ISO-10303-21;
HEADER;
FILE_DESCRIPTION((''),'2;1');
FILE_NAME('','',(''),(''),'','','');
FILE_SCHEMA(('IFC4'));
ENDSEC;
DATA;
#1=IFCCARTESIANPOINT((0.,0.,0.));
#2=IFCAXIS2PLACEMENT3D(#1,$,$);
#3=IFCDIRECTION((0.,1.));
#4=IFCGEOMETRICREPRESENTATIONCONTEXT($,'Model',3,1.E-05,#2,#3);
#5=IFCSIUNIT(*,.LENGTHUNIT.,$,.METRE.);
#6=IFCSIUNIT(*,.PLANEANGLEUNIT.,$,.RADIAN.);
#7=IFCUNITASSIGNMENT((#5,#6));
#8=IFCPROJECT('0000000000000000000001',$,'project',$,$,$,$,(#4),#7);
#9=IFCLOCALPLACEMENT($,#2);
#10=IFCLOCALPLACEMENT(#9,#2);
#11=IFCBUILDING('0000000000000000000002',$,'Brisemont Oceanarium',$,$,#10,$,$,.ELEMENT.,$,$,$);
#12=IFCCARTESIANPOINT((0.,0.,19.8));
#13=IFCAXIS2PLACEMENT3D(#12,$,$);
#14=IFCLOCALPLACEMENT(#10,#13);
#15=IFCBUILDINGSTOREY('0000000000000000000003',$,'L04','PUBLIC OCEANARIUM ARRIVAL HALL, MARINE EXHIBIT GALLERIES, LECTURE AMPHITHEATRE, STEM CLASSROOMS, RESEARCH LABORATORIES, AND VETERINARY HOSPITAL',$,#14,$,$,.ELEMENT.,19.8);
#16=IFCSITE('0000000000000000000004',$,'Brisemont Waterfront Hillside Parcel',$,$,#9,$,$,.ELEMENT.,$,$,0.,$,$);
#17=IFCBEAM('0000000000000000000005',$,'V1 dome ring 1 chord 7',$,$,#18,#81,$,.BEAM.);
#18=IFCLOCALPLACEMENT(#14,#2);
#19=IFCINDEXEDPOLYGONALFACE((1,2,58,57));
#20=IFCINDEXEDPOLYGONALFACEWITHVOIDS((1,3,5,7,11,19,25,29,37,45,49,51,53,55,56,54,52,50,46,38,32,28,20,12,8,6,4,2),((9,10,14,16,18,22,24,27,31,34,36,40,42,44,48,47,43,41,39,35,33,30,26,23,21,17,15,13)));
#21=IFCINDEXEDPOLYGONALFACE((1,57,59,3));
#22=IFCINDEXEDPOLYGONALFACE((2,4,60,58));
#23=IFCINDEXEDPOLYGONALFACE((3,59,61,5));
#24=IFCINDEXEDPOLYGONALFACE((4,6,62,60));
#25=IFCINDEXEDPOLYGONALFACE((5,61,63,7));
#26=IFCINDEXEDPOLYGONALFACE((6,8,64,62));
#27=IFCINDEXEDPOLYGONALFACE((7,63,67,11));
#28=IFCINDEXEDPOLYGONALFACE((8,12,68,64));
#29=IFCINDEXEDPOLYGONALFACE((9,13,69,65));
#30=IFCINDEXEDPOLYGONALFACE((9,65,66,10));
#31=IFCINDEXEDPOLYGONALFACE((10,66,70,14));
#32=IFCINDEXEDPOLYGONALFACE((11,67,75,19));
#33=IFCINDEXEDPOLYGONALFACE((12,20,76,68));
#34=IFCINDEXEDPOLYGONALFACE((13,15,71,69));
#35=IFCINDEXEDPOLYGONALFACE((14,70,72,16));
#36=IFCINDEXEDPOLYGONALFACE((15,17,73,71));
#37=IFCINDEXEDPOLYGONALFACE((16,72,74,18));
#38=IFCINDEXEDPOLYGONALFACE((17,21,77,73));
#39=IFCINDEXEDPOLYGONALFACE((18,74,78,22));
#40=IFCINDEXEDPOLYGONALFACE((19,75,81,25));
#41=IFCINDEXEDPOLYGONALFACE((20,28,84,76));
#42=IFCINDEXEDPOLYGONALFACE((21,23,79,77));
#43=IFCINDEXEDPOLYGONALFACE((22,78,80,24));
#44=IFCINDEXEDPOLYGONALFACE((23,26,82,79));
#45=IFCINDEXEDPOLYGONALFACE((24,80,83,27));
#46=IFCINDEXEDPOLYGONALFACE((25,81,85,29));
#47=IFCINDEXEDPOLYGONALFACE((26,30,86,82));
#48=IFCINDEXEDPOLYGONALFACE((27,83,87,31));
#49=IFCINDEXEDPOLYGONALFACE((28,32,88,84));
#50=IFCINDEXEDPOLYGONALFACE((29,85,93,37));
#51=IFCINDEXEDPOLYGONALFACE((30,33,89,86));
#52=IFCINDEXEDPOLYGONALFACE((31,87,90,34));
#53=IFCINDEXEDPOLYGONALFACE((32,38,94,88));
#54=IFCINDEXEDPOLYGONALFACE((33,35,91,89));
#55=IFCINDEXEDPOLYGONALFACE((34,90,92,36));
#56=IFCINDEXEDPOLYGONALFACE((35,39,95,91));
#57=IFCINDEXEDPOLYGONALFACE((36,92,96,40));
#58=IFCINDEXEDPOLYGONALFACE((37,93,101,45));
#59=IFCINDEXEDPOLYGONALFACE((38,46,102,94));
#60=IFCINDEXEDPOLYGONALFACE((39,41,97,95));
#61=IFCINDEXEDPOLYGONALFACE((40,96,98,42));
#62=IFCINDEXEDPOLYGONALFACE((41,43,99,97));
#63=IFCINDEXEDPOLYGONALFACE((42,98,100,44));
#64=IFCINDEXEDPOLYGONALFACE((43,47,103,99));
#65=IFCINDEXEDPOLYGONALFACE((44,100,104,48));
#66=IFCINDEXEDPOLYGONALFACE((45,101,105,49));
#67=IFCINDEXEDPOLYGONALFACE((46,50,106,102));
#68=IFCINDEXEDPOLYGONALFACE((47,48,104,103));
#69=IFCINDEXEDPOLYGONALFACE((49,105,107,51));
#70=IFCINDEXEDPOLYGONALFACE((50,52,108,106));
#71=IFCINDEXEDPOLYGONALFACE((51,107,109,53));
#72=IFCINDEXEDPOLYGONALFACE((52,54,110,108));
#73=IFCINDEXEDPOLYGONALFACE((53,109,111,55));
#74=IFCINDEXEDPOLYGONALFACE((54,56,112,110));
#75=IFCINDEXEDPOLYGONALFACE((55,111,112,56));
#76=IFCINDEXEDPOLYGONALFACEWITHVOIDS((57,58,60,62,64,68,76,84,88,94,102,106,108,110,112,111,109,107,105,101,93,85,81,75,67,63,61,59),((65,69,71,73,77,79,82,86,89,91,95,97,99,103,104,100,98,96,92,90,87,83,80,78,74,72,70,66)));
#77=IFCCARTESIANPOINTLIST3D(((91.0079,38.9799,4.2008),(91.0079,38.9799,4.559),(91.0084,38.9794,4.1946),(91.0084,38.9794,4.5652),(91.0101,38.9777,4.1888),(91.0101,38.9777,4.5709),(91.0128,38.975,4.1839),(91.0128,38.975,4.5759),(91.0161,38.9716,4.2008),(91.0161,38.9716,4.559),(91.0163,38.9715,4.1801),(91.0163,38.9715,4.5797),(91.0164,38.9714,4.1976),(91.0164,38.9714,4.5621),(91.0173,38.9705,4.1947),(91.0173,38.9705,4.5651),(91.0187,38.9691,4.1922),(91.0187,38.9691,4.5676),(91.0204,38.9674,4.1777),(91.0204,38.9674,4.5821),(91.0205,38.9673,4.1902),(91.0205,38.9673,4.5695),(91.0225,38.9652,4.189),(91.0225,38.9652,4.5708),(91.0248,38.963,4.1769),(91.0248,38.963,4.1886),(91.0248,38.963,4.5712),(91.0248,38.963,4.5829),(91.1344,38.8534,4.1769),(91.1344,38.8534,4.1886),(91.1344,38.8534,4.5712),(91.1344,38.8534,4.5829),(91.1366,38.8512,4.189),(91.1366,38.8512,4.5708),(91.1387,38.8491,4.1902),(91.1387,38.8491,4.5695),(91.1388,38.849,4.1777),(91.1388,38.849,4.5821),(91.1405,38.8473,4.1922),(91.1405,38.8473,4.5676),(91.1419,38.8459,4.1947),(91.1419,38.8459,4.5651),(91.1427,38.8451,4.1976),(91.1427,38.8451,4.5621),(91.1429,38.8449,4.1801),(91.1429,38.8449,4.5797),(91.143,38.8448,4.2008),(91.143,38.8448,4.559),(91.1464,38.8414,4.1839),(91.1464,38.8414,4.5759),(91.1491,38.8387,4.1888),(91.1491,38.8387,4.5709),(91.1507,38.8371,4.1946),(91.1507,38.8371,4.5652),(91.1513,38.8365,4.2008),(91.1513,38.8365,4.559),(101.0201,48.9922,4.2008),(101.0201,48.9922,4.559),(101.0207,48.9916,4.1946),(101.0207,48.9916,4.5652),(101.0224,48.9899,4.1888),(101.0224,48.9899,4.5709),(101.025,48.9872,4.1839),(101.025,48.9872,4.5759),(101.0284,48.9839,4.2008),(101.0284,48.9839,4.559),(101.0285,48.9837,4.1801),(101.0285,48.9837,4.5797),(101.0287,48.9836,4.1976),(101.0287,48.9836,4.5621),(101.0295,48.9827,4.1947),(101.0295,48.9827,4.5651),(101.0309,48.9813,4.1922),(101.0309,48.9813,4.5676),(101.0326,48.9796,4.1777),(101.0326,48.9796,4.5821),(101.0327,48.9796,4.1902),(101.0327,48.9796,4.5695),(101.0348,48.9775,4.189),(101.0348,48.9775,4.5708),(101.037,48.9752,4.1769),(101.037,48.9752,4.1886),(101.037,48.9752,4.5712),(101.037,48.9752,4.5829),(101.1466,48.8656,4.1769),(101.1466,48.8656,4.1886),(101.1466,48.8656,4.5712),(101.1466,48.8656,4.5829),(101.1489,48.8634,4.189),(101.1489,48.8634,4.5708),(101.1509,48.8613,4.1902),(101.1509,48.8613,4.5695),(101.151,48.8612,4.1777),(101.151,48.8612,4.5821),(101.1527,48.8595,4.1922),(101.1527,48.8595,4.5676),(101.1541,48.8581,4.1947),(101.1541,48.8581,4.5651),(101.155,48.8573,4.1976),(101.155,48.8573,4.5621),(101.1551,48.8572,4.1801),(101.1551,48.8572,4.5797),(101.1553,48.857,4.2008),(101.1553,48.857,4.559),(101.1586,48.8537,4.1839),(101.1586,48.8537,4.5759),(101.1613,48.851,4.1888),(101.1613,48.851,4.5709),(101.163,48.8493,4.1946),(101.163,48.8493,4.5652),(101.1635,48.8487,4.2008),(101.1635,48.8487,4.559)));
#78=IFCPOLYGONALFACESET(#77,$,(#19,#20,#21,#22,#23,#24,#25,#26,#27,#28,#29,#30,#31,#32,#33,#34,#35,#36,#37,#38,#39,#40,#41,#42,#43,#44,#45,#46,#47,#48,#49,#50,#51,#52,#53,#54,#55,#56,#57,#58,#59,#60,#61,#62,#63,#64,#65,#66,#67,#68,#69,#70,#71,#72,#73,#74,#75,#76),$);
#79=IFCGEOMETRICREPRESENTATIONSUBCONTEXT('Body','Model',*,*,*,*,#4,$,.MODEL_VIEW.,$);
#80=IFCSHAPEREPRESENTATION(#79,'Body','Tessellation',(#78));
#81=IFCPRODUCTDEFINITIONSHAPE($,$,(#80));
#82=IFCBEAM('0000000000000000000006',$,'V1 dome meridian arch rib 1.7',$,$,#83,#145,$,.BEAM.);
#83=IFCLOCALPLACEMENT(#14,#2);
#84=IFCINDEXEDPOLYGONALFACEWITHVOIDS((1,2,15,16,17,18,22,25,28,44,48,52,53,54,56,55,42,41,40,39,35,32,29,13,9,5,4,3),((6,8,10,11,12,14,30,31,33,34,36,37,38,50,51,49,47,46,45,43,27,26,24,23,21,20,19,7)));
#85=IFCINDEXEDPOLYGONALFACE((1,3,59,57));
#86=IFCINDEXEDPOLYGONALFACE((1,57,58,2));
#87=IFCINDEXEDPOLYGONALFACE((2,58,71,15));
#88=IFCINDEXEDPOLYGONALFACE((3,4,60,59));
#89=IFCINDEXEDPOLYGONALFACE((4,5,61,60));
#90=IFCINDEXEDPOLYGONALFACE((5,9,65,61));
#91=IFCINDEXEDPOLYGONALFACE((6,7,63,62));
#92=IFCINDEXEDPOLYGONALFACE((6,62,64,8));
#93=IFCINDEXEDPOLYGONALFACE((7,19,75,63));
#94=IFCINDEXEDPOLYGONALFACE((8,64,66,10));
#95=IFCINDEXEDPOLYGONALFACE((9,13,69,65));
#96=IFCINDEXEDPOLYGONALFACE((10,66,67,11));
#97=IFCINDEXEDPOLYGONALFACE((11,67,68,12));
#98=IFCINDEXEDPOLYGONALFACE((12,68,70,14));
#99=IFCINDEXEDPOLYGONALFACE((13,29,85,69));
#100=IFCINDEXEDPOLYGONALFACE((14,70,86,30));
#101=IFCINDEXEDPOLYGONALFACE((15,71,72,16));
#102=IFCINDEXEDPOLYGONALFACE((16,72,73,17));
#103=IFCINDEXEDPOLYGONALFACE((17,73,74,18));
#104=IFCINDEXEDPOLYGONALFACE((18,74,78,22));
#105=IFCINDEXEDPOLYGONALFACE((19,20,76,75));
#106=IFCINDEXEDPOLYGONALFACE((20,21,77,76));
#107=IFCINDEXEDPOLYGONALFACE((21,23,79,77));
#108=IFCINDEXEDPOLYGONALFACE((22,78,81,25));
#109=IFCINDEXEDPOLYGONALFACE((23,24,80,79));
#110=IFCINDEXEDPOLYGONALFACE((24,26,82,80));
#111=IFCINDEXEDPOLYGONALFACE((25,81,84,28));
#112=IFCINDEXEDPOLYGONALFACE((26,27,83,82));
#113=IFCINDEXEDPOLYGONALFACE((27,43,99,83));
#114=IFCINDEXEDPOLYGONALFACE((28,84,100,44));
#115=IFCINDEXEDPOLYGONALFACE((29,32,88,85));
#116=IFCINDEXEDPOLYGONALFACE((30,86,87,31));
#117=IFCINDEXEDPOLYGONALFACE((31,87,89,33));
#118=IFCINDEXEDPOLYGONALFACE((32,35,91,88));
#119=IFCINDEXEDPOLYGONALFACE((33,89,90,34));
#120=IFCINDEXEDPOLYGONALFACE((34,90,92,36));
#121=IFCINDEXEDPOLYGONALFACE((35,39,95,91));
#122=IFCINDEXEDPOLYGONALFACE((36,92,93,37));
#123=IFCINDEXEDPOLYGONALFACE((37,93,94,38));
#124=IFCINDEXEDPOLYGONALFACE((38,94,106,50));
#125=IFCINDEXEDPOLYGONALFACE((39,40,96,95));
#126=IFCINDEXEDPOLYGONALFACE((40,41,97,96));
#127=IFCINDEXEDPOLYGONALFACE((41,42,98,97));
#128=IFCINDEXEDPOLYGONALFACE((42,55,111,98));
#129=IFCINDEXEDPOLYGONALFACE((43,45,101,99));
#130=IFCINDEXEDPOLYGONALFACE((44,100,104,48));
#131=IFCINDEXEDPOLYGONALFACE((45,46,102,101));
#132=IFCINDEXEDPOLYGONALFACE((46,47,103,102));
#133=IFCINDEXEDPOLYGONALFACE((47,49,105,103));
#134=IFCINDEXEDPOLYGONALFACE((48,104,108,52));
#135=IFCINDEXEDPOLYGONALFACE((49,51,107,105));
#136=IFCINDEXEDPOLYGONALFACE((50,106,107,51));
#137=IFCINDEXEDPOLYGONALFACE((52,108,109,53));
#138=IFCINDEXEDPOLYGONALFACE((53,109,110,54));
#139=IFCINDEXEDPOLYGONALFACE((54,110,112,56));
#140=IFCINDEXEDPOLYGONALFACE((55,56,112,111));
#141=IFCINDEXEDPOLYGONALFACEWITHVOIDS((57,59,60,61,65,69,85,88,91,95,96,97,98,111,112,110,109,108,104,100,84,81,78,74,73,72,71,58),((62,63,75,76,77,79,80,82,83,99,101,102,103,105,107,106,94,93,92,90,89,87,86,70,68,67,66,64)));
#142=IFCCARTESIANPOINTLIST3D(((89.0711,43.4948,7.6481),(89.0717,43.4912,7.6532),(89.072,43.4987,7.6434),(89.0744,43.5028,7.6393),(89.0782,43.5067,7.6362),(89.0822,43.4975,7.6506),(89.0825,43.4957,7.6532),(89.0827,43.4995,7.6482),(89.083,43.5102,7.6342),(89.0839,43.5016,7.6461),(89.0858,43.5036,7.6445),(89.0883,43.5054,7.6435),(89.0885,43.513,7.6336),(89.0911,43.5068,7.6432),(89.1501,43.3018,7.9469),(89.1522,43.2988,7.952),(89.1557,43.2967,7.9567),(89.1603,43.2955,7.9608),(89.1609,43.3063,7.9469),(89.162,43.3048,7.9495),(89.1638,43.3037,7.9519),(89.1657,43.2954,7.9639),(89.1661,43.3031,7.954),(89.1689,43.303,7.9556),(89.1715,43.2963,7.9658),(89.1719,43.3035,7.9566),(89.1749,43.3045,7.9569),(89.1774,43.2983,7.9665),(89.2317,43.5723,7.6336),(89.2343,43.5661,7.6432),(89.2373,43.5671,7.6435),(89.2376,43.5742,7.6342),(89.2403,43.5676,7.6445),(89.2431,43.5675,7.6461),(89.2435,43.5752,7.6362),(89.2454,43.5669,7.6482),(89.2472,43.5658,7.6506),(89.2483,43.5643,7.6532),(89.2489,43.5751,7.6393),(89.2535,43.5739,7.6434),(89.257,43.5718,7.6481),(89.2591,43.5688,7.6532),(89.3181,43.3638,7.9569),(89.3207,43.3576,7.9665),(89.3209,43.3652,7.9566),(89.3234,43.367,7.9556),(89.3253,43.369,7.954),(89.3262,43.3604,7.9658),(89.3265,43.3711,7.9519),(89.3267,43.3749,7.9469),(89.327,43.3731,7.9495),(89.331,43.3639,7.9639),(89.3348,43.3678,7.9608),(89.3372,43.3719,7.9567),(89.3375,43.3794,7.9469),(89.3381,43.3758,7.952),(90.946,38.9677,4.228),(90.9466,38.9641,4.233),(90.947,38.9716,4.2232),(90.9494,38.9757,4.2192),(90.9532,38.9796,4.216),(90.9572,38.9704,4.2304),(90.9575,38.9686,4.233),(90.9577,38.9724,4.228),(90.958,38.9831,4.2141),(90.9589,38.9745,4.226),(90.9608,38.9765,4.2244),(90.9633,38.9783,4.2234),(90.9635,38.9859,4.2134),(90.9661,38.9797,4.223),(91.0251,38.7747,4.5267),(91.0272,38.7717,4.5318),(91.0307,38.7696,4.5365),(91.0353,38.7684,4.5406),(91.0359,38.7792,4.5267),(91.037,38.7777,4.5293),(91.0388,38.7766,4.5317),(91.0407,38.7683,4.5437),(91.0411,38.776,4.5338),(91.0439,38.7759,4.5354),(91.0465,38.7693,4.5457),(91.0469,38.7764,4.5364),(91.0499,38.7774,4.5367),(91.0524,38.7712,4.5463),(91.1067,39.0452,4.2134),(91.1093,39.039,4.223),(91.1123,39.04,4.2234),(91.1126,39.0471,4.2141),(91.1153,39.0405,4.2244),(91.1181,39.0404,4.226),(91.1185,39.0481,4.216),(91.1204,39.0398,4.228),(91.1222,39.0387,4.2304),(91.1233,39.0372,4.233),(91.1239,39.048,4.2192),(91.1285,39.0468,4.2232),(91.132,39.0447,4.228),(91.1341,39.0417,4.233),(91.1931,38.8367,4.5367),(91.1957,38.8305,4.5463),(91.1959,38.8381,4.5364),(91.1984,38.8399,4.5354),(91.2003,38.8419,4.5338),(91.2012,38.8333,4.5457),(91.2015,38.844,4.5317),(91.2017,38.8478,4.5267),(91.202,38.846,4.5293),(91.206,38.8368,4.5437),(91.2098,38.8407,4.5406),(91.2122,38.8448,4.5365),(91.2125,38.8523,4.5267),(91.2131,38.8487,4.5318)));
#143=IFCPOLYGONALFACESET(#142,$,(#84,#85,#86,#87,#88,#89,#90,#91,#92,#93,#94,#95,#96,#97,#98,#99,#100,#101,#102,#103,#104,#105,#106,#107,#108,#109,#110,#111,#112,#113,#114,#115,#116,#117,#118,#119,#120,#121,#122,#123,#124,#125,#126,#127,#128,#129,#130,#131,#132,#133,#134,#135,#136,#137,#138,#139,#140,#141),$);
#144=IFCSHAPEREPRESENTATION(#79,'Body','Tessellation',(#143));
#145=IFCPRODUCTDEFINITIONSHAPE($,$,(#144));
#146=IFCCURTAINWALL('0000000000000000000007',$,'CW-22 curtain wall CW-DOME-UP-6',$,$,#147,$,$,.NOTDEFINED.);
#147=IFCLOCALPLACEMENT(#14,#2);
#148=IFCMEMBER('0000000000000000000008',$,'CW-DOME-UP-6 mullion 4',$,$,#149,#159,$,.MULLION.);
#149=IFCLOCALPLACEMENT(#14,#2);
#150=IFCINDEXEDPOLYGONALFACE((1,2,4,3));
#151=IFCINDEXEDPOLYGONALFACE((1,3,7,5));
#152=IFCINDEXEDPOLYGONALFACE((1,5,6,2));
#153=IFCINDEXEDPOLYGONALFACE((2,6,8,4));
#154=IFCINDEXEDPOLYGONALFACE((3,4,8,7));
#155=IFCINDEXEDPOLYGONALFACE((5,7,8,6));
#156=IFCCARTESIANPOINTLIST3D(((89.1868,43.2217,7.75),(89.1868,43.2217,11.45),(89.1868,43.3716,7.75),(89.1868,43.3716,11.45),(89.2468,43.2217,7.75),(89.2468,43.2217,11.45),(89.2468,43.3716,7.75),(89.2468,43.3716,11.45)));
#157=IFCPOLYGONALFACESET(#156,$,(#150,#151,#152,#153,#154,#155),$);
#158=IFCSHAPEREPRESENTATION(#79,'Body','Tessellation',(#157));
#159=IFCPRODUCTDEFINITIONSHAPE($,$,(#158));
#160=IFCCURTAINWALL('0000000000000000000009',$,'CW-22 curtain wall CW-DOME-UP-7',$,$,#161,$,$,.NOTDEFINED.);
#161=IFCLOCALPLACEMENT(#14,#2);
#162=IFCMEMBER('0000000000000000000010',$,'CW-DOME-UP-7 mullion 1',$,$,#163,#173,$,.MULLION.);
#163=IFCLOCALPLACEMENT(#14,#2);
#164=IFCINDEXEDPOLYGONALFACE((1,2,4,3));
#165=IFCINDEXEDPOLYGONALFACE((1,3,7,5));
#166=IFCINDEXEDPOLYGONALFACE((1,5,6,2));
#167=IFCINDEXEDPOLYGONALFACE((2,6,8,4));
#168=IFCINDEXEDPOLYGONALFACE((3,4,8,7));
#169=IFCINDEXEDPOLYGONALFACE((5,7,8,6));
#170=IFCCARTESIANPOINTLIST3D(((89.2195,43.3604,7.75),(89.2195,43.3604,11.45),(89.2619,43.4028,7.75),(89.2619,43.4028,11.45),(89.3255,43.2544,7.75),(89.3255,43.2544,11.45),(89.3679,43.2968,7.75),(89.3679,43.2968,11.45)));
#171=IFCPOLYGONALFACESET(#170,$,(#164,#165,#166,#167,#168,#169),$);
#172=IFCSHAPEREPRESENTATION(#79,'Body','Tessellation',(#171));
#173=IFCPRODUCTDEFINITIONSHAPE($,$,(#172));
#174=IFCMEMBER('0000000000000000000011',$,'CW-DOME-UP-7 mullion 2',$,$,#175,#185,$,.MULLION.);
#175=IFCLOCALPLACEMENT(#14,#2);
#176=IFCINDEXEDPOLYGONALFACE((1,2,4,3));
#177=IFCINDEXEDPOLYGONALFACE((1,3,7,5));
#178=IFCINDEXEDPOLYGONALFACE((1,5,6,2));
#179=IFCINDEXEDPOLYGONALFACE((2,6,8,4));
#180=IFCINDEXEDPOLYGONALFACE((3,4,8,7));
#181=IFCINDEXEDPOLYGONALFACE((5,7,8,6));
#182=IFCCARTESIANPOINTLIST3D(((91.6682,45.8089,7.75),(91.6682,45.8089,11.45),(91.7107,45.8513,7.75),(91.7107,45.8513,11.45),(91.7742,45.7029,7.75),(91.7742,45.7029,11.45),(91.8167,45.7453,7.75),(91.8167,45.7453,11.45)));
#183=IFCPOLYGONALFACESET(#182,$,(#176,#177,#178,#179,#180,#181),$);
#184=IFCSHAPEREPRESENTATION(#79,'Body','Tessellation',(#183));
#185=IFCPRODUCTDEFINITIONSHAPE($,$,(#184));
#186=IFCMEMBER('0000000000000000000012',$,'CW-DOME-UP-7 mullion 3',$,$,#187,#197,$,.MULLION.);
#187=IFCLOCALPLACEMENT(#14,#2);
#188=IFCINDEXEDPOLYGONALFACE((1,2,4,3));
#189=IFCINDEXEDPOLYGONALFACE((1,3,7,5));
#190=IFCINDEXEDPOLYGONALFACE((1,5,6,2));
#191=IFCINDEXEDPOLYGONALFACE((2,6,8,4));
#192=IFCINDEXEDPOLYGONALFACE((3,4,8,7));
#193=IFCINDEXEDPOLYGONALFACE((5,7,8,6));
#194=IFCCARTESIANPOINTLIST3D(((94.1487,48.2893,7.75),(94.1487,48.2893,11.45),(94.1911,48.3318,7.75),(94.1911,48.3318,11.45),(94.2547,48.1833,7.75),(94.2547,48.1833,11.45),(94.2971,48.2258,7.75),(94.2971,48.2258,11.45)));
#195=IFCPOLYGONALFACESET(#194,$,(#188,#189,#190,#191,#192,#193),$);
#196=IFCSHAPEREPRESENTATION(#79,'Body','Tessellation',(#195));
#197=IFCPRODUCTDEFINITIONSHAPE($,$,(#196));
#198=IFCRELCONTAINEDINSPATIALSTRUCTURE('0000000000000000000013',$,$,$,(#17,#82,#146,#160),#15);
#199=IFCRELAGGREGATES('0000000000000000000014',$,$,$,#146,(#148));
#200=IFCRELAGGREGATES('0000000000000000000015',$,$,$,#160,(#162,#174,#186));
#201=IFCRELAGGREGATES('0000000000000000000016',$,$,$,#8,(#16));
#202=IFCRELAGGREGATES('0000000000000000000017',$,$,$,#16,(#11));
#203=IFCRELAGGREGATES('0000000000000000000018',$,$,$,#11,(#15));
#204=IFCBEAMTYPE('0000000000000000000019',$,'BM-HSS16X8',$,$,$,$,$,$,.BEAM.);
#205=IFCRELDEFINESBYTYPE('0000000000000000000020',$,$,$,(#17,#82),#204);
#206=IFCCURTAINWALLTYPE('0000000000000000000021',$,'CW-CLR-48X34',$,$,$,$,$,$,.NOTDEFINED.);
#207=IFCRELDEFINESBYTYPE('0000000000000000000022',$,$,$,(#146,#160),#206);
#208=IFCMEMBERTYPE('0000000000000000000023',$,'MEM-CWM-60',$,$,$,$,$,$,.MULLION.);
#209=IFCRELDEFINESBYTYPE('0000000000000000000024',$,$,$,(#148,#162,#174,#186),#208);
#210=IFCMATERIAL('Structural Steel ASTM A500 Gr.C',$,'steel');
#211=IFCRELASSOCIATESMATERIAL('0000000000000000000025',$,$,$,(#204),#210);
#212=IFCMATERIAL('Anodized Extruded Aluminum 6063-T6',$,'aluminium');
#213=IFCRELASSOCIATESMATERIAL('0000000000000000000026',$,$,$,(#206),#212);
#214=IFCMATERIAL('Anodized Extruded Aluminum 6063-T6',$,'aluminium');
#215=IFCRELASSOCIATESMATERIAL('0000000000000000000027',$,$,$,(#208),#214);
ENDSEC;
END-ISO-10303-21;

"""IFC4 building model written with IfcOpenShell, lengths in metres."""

from ifc_helpers import new_model, si_unit, direction, frame, origin, origin_2d, place, context, subcontext, project, spatial, rectangle, hollow_rectangle, extrude, material, material_profile, profile_set, type_object, element, aggregate, save


model = new_model("IFC4")

# Units and contexts
model_context = context("Model", 3, precision=1e-05, world=origin(), true_north=direction((0.0, 1.0)))
body_context = subcontext(model_context, "Body", "Model", "MODEL_VIEW")
ifc_project = project(units=[si_unit("LENGTHUNIT", "METRE"), si_unit("PLANEANGLEUNIT", "RADIAN")], contexts=[model_context])

# Site, building, storey
site_placement = place(None, origin())
site = spatial("IfcSite", under=ifc_project, at=site_placement, Name="Brisemont Waterfront Hillside Parcel", CompositionType="ELEMENT", RefElevation=0.0)
building_placement = place(site_placement, origin())
building = spatial("IfcBuilding", under=site, at=building_placement, Name="Brisemont Oceanarium", CompositionType="ELEMENT")
storey_placement = place(building_placement, frame((0.0, 0.0, 19.8)))
storey = spatial("IfcBuildingStorey", under=building, at=storey_placement, Name="L04", Description="PUBLIC OCEANARIUM ARRIVAL HALL, MARINE EXHIBIT GALLERIES, LECTURE AMPHITHEATRE, STEM CLASSROOMS, RESEARCH LABORATORIES, AND VETERINARY HOSPITAL", CompositionType="ELEMENT", Elevation=19.8)

# Beams
ifc_material_1 = material(Name="Structural Steel ASTM A500 Gr.C", Category="steel")
ifc_material_profile_1 = material_profile(ifc_material_1, hollow_rectangle(XDim=0.2029, YDim=0.406, WallThickness=0.0117, InnerFilletRadius=0.0122, OuterFilletRadius=0.0239, at=origin_2d()), Name="HSS16X8X1/2")
ifc_profile_set_1 = profile_set([ifc_material_profile_1], Name="Structural Steel ASTM A500 Gr.C")
beam_type_1 = type_object("IfcBeamType", Name="BM-HSS16X8", PredefinedType="BEAM", material=ifc_profile_set_1)
beam_1_placement = place(storey_placement, frame((91.0796, 38.9082, 4.3799), z_axis=(0.707107, 0.707107, 0.0), x_axis=(-0.707107, 0.707107, 0.0)))
element("IfcBeam", 1, at=beam_1_placement, inside=storey, type_object=beam_type_1, Name="V1 dome ring 1 chord 7", PredefinedType="BEAM", context=body_context, shape_type="SweptSolid", body=[
    extrude(hollow_rectangle(XDim=0.2029, YDim=0.406, WallThickness=0.0117, InnerFilletRadius=0.0122, OuterFilletRadius=0.0239, at=origin_2d()), origin(), (0.0, 0.0, 1.0), 14.1594),
])
beam_2_placement = place(storey_placement, frame((91.0796, 38.9082, 4.3799), z_axis=(-0.313776, 0.757598, 0.572355), x_axis=(-0.923893, -0.382651, 0.0)))
element("IfcBeam", 2, at=beam_2_placement, inside=storey, type_object=beam_type_1, Name="V1 dome meridian arch rib 1.7", PredefinedType="BEAM", context=body_context, shape_type="SweptSolid", body=[
    extrude(hollow_rectangle(XDim=0.2029, YDim=0.406, WallThickness=0.0117, InnerFilletRadius=0.0122, OuterFilletRadius=0.0239, at=origin_2d()), origin(), (0.0, 0.0, 1.0), 5.9756),
])

# Curtain wall, member
ifc_material_2 = material(Name="Anodized Extruded Aluminum 6063-T6", Category="aluminium")
curtain_wall_type_1 = type_object("IfcCurtainWallType", Name="CW-CLR-48X34", PredefinedType="NOTDEFINED", material=ifc_material_2)
curtain_wall_1_placement = place(storey_placement, origin())
curtain_wall_1 = element("IfcCurtainWall", 3, at=curtain_wall_1_placement, inside=storey, type_object=curtain_wall_type_1, Name="CW-22 curtain wall CW-DOME-UP-6", PredefinedType="NOTDEFINED")
ifc_material_3 = material(Name="Anodized Extruded Aluminum 6063-T6", Category="aluminium")
ifc_material_profile_2 = material_profile(ifc_material_3, rectangle(XDim=0.0601, YDim=0.1499, at=origin_2d()), Name="CWM-60X150")
ifc_profile_set_2 = profile_set([ifc_material_profile_2], Name="Anodized Extruded Aluminum 6063-T6")
member_type_1 = type_object("IfcMemberType", Name="MEM-CWM-60", PredefinedType="MULLION", material=ifc_profile_set_2)
member_1_placement = place(storey_placement, frame((89.2168, 43.2966, 7.75), z_axis=(0.0, 0.0, 1.0), x_axis=(1.0, 0.0, 0.0)))
member_1 = element("IfcMember", 4, at=member_1_placement, type_object=member_type_1, Name="CW-DOME-UP-6 mullion 4", PredefinedType="MULLION", context=body_context, shape_type="SweptSolid", body=[
    extrude(rectangle(XDim=0.0601, YDim=0.1499, at=origin_2d()), origin(), (0.0, 0.0, 1.0), 3.7),
])
aggregate(curtain_wall_1, [member_1])

# Curtain wall, members
curtain_wall_2_placement = place(storey_placement, origin())
curtain_wall_2 = element("IfcCurtainWall", 5, at=curtain_wall_2_placement, inside=storey, type_object=curtain_wall_type_1, Name="CW-22 curtain wall CW-DOME-UP-7", PredefinedType="NOTDEFINED")
member_2_placement = place(storey_placement, frame((89.2937, 43.3286, 7.75), z_axis=(0.0, 0.0, 1.0), x_axis=(0.707107, 0.707107, 0.0)))
member_2 = element("IfcMember", 6, at=member_2_placement, type_object=member_type_1, Name="CW-DOME-UP-7 mullion 1", PredefinedType="MULLION", context=body_context, shape_type="SweptSolid", body=[
    extrude(rectangle(XDim=0.0601, YDim=0.1499, at=origin_2d()), origin(), (0.0, 0.0, 1.0), 3.7),
])
member_3_placement = place(storey_placement, frame((91.7424, 45.7771, 7.75), z_axis=(0.0, 0.0, 1.0), x_axis=(0.707107, 0.707107, 0.0)))
member_3 = element("IfcMember", 7, at=member_3_placement, type_object=member_type_1, Name="CW-DOME-UP-7 mullion 2", PredefinedType="MULLION", context=body_context, shape_type="SweptSolid", body=[
    extrude(rectangle(XDim=0.0601, YDim=0.1499, at=origin_2d()), origin(), (0.0, 0.0, 1.0), 3.7),
])
member_4_placement = place(storey_placement, frame((94.2229, 48.2576, 7.75), z_axis=(0.0, 0.0, 1.0), x_axis=(0.707107, 0.707107, 0.0)))
member_4 = element("IfcMember", 8, at=member_4_placement, type_object=member_type_1, Name="CW-DOME-UP-7 mullion 3", PredefinedType="MULLION", context=body_context, shape_type="SweptSolid", body=[
    extrude(rectangle(XDim=0.0601, YDim=0.1499, at=origin_2d()), origin(), (0.0, 0.0, 1.0), 3.7),
])

aggregate(curtain_wall_2, [member_2, member_3, member_4])

save(model, "model.ifc")
